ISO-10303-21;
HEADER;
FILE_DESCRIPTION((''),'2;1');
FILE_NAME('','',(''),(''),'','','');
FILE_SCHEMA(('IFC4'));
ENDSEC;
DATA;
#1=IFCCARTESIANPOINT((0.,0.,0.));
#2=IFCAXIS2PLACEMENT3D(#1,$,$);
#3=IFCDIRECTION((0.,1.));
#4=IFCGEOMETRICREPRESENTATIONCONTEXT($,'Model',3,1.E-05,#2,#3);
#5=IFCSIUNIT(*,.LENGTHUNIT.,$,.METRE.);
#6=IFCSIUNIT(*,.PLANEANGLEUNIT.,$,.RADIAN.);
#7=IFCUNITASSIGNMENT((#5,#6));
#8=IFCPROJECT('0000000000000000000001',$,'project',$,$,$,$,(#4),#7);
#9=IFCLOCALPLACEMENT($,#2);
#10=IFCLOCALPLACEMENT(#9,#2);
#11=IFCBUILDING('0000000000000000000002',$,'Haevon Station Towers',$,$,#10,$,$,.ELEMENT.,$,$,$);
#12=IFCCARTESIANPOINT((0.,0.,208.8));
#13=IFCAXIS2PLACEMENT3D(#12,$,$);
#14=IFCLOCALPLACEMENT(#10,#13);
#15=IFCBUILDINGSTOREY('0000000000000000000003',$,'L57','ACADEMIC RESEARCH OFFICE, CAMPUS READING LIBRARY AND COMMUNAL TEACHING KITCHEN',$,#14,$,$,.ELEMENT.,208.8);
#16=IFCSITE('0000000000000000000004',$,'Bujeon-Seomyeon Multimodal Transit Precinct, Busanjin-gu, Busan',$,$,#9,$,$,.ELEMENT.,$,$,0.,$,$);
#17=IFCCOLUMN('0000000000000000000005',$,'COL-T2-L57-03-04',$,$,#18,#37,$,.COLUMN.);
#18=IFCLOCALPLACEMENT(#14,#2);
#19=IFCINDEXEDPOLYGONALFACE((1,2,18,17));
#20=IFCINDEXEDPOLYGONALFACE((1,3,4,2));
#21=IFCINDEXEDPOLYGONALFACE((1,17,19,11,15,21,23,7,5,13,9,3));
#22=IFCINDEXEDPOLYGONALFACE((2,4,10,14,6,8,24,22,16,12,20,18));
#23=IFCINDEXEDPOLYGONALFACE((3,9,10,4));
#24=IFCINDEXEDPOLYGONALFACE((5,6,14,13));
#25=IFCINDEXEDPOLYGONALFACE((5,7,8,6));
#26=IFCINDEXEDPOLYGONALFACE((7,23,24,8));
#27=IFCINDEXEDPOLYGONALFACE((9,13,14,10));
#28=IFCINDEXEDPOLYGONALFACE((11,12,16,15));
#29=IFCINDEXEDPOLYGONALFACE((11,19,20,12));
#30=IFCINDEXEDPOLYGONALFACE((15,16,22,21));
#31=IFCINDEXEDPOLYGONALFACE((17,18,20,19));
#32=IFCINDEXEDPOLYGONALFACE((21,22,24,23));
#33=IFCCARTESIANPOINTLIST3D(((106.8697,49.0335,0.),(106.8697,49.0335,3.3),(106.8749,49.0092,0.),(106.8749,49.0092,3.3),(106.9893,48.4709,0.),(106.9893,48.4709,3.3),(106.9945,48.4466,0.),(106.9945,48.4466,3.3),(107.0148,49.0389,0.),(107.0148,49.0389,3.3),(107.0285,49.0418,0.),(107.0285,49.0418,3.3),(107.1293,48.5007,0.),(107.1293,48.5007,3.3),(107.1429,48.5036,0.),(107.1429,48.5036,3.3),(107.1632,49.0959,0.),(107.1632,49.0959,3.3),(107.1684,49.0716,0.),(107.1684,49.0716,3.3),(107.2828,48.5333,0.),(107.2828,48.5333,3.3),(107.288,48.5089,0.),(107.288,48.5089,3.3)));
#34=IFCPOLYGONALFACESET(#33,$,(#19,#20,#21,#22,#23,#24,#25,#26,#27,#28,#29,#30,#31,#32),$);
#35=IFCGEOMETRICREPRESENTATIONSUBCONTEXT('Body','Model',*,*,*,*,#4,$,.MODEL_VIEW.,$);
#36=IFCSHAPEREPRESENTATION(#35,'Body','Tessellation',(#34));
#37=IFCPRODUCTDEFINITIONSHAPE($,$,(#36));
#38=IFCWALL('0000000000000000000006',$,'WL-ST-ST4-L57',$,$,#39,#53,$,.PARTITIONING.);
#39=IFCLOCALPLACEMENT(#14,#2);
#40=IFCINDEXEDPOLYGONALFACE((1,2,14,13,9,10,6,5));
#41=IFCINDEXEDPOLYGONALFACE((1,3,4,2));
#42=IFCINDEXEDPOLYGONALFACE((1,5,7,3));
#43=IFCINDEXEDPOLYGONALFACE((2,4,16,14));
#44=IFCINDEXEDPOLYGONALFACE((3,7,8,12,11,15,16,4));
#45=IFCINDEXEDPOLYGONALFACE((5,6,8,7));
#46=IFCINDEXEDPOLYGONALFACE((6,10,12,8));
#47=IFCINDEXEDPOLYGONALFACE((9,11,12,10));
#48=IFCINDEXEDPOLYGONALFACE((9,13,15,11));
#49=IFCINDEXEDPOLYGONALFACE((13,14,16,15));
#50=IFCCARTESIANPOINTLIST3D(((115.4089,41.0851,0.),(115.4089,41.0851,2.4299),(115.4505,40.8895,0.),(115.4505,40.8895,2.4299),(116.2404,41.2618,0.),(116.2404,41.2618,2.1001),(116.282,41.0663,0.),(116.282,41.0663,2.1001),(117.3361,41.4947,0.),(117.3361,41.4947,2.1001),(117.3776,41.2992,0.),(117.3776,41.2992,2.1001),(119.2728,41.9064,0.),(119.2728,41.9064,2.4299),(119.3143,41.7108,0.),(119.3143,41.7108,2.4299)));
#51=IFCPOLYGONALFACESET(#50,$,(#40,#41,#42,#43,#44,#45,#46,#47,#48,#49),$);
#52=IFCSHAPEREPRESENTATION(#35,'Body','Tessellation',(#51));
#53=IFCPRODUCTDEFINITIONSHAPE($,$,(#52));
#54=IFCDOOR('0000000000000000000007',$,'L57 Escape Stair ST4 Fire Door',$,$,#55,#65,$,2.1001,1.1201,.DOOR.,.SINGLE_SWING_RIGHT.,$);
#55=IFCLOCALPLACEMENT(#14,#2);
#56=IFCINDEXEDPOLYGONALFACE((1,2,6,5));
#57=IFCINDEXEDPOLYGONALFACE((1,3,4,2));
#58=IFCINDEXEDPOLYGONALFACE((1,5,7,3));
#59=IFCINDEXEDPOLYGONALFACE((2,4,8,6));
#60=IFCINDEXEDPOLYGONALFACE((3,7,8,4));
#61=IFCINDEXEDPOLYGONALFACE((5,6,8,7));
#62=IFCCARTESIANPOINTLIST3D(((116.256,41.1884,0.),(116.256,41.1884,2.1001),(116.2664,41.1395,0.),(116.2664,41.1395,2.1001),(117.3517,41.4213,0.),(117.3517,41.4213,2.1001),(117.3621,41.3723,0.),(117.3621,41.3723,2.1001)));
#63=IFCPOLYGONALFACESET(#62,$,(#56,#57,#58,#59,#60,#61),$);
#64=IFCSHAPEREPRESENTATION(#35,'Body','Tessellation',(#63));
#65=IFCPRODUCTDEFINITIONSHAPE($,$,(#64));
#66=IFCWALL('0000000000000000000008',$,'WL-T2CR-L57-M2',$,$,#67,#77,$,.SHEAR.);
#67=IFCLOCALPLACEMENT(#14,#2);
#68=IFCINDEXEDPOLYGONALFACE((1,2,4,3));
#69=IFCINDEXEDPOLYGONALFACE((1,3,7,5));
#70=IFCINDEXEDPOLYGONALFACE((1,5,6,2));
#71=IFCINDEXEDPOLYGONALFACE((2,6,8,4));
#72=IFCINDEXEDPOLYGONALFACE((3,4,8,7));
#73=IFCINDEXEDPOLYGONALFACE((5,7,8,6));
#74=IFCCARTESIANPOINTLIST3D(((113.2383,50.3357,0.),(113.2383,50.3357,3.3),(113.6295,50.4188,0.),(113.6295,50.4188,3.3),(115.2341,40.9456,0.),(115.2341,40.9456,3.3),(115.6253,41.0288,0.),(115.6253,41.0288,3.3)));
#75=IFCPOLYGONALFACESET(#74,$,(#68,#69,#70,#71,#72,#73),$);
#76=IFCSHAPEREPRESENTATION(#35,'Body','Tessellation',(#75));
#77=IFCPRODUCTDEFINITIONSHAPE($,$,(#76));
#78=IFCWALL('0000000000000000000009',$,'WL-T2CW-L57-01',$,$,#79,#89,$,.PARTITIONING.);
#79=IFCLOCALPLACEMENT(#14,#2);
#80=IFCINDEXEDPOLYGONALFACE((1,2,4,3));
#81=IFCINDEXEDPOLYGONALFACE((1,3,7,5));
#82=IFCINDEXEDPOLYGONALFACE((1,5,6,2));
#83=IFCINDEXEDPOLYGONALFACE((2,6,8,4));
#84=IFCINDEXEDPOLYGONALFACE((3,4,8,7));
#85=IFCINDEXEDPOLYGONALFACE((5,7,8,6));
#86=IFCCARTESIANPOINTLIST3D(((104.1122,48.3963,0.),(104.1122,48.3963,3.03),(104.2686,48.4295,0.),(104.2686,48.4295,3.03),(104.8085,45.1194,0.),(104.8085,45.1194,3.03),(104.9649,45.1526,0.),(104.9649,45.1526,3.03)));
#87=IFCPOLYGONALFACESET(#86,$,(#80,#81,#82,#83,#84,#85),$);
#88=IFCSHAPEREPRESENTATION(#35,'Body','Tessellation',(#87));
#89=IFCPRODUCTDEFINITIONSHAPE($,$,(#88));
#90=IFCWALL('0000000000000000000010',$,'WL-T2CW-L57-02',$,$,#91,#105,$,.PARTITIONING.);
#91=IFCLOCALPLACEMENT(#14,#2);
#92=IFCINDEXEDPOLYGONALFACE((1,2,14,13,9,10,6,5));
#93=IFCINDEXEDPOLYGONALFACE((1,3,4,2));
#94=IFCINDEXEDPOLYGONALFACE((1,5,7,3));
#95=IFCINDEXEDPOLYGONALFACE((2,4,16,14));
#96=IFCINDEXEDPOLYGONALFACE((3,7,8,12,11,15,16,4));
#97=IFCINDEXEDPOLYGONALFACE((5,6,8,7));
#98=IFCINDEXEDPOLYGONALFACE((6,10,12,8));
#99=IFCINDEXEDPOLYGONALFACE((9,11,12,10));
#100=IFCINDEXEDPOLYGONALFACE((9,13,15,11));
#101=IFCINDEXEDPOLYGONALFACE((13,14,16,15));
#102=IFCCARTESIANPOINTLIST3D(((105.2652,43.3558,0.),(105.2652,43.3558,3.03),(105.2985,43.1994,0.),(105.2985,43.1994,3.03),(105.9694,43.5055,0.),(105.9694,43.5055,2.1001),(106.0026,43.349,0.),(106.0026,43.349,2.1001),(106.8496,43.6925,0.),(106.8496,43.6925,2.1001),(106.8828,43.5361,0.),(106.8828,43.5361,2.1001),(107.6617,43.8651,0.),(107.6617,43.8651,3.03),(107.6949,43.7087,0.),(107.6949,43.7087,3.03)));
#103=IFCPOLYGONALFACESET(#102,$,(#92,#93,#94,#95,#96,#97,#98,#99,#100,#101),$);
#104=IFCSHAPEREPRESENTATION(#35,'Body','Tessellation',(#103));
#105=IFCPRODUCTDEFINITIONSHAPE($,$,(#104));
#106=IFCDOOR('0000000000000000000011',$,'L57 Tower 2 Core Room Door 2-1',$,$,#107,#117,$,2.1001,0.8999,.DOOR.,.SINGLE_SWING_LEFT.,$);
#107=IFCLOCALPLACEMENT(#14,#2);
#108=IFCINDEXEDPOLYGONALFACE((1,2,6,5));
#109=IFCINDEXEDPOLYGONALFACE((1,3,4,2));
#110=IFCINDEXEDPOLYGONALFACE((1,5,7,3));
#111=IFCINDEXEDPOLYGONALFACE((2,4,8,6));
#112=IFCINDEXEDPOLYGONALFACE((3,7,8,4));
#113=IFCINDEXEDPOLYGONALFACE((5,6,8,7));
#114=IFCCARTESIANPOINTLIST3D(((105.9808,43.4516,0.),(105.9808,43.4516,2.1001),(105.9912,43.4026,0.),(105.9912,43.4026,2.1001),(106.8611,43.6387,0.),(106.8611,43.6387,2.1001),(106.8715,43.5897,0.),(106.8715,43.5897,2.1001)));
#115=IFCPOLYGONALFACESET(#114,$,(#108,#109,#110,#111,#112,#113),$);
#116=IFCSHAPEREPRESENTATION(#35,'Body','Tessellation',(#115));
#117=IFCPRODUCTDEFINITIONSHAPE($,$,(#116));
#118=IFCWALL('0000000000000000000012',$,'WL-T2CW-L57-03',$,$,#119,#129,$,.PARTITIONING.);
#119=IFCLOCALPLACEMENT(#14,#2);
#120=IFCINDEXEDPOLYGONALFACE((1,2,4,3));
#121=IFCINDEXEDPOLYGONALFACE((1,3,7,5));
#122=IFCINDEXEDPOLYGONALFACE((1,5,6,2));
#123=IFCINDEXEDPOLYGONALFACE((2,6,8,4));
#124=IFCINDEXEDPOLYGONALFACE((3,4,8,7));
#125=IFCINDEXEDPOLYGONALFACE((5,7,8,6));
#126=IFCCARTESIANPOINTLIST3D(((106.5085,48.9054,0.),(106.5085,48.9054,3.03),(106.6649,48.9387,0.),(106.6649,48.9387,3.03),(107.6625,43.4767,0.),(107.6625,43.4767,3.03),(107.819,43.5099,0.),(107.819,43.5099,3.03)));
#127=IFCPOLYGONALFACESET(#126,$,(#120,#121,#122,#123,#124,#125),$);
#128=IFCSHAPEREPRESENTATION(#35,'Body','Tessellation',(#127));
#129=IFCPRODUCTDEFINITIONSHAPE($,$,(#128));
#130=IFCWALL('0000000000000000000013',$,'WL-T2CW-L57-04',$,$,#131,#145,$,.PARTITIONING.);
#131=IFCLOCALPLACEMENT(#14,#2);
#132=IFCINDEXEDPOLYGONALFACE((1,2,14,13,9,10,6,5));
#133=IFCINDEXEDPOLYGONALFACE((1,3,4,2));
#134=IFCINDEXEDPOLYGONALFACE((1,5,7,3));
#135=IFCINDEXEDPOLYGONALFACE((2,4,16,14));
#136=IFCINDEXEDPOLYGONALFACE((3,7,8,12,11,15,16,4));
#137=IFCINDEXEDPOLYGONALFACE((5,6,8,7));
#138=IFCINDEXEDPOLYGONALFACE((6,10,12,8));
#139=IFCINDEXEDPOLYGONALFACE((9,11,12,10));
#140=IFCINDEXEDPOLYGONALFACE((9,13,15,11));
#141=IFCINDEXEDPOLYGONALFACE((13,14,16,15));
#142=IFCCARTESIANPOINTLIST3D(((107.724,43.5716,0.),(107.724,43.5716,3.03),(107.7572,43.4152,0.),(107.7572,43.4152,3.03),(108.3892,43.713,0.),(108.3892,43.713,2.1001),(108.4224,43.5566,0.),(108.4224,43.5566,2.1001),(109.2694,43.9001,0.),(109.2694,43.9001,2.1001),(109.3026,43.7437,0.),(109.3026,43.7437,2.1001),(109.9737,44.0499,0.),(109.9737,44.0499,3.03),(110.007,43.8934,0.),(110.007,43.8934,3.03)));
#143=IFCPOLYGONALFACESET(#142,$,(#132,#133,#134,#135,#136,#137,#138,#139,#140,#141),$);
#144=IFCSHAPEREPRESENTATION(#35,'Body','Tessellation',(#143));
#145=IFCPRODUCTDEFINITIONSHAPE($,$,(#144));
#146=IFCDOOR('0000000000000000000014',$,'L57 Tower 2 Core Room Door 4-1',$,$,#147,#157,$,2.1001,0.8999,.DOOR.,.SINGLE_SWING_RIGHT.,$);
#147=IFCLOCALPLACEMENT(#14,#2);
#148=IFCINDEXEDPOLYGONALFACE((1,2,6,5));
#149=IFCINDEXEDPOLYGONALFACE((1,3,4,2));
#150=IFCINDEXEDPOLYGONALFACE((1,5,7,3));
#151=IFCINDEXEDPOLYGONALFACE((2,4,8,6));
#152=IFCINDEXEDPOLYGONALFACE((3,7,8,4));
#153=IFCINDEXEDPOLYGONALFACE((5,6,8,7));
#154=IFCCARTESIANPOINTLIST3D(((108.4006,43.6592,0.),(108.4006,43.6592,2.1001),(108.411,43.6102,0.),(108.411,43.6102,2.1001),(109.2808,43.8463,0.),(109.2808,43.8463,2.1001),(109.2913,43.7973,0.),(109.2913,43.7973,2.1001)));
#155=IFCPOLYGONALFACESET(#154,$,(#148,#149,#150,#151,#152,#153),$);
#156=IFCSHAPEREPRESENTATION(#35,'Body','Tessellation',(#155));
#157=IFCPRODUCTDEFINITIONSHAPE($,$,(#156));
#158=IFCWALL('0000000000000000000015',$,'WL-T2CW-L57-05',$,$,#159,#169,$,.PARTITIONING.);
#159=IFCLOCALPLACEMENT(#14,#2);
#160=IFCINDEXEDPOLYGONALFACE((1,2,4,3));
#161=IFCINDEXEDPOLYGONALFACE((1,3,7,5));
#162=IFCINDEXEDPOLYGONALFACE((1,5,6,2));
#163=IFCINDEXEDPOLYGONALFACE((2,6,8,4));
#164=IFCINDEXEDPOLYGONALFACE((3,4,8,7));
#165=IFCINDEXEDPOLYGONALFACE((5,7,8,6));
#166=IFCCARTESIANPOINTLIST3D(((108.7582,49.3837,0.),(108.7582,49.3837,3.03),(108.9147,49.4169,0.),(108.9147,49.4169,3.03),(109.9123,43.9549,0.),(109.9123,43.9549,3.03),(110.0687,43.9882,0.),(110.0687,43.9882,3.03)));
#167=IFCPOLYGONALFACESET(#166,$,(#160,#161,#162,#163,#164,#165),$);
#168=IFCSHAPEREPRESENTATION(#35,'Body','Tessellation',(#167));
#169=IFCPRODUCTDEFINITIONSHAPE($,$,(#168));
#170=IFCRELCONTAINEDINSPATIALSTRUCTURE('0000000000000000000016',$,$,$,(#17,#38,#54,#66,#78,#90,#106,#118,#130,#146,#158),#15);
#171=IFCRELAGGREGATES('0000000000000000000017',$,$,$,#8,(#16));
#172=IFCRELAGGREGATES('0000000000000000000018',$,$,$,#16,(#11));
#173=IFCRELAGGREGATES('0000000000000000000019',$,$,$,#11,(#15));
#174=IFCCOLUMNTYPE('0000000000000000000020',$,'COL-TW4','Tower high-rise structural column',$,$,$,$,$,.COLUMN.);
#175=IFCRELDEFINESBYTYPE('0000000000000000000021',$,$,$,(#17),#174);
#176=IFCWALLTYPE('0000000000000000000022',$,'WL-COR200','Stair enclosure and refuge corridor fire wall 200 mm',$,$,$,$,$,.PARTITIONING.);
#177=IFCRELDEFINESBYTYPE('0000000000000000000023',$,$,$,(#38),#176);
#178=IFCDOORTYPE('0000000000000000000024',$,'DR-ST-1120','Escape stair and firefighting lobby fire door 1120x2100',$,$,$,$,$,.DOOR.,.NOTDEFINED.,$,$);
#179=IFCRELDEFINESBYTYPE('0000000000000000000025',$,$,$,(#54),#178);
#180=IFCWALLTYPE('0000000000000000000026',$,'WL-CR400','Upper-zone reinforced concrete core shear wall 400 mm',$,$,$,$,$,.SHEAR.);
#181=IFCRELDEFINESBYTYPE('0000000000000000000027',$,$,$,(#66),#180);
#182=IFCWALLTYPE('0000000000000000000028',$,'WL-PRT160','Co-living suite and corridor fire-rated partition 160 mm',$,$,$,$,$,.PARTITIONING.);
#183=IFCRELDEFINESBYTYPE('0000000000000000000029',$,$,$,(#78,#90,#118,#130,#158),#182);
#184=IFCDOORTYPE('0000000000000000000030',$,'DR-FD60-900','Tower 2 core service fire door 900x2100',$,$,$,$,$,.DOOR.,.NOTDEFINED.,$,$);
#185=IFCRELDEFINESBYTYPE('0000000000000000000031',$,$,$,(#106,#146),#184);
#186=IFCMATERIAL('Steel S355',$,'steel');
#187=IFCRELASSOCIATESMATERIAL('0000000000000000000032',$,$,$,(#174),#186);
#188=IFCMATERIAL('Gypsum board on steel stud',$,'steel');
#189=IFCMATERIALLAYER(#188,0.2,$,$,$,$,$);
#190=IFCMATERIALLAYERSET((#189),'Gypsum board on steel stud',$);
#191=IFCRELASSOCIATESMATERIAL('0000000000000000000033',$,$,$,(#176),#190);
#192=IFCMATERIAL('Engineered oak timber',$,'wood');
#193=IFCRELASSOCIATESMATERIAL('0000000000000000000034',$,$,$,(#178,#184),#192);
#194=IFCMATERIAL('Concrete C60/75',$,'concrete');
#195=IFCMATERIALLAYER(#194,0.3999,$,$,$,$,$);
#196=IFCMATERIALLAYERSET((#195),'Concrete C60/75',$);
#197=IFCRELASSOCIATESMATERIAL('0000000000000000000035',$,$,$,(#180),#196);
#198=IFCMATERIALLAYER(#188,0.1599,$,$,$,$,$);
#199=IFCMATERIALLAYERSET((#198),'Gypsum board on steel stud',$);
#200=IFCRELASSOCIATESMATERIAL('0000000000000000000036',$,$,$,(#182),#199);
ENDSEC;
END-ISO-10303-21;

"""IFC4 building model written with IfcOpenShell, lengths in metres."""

from ifc_helpers import new_model, si_unit, direction, frame, frame_2d, origin, origin_2d, place, context, subcontext, project, spatial, rectangle, i_section, extrude, material, layer, layer_set, material_profile, profile_set, type_object, element, fill, save


model = new_model("IFC4")

# Units and contexts
model_context = context("Model", 3, precision=1e-05, world=origin(), true_north=direction((0.0, 1.0)))
body_context = subcontext(model_context, "Body", "Model", "MODEL_VIEW")
ifc_project = project(units=[si_unit("LENGTHUNIT", "METRE"), si_unit("PLANEANGLEUNIT", "RADIAN")], contexts=[model_context])

# Site, building, storey
site_placement = place(None, origin())
site = spatial("IfcSite", under=ifc_project, at=site_placement, Name="Bujeon-Seomyeon Multimodal Transit Precinct, Busanjin-gu, Busan", CompositionType="ELEMENT", RefElevation=0.0)
building_placement = place(site_placement, origin())
building = spatial("IfcBuilding", under=site, at=building_placement, Name="Haevon Station Towers", CompositionType="ELEMENT")
storey_placement = place(building_placement, frame((0.0, 0.0, 208.8)))
storey = spatial("IfcBuildingStorey", under=building, at=storey_placement, Name="L57", Description="ACADEMIC RESEARCH OFFICE, CAMPUS READING LIBRARY AND COMMUNAL TEACHING KITCHEN", CompositionType="ELEMENT", Elevation=208.8)

# Column
ifc_material_1 = material(Name="Steel S355", Category="steel")
ifc_material_profile = material_profile(ifc_material_1, i_section(OverallWidth=0.3, OverallDepth=0.6001, WebThickness=0.0139, FlangeThickness=0.0249, at=origin_2d()), Name="H-600x300x14x25")
ifc_profile_set = profile_set([ifc_material_profile], Name="Steel S355")
column_type = type_object("IfcColumnType", Name="COL-TW4", Description="Tower high-rise structural column", PredefinedType="COLUMN", material=ifc_profile_set)
column_placement = place(storey_placement, frame((107.0789, 48.7712, 0.0), z_axis=(0.0, 0.0, 1.0), x_axis=(0.978148, 0.207912, 0.0)))
element("IfcColumn", 1, at=column_placement, inside=storey, type_object=column_type, Name="COL-T2-L57-03-04", PredefinedType="COLUMN", context=body_context, shape_type="SweptSolid", body=[
    extrude(i_section(OverallWidth=0.3, OverallDepth=0.6001, WebThickness=0.0139, FlangeThickness=0.0249, at=origin_2d()), origin(), (0.0, 0.0, 1.0), 3.3),
])

# Wall, opening, door
ifc_material_2 = material(Name="Gypsum board on steel stud", Category="steel")
ifc_layer_1 = layer(ifc_material_2, 0.2)
ifc_layer_set_1 = layer_set([ifc_layer_1], Name="Gypsum board on steel stud")
wall_type_1 = type_object("IfcWallType", Name="WL-COR200", Description="Stair enclosure and refuge corridor fire wall 200 mm", PredefinedType="PARTITIONING", material=ifc_layer_set_1)
wall_1_placement = place(storey_placement, frame((115.4297, 40.9873, 0.0), z_axis=(0.0, 0.0, 1.0), x_axis=(0.978147, 0.207916, 0.0)))
wall_1 = element("IfcWall", 2, at=wall_1_placement, inside=storey, type_object=wall_type_1, Name="WL-ST-ST4-L57", PredefinedType="PARTITIONING", context=body_context, shape_type="SweptSolid", body=[
    extrude(rectangle(XDim=3.9502, YDim=0.2, at=frame_2d((1.9751, 0.0))), origin(), (0.0, 0.0, 1.0), 2.4299),
])
opening_1_placement = place(wall_1_placement, frame((0.8501, 0.0, 0.0)))
opening_1 = element("IfcOpeningElement", 3, at=opening_1_placement, cuts=wall_1, PredefinedType="OPENING", context=body_context, shape_type="SweptSolid", body=[
    extrude(rectangle(XDim=1.1201, YDim=2.1001, at=frame_2d((0.5601, 1.05))), frame((0.0, 0.1099, 0.0), z_axis=(0.0, -1.0, 0.0), x_axis=(1.0, 0.0, 0.0)), (0.0, 0.0, 1.0), 0.22),
])
ifc_material_3 = material(Name="Engineered oak timber", Category="wood")
door_type_1 = type_object("IfcDoorType", Name="DR-ST-1120", Description="Escape stair and firefighting lobby fire door 1120x2100", OperationType="NOTDEFINED", PredefinedType="DOOR", material=ifc_material_3)
door_1_placement = place(opening_1_placement, origin())
door_1 = element("IfcDoor", 4, at=door_1_placement, inside=storey, type_object=door_type_1, Name="L57 Escape Stair ST4 Fire Door", OperationType="SINGLE_SWING_RIGHT", OverallHeight=2.1001, OverallWidth=1.1201, PredefinedType="DOOR", context=body_context, shape_type="SweptSolid", body=[
    extrude(rectangle(XDim=1.1201, YDim=2.1001, at=frame_2d((0.5601, 1.05))), frame((0.0, 0.0249, 0.0), z_axis=(0.0, -1.0, 0.0), x_axis=(1.0, 0.0, 0.0)), (0.0, 0.0, 1.0), 0.05),
])
fill(opening_1, door_1)

# Walls
ifc_material_4 = material(Name="Concrete C60/75", Category="concrete")
ifc_layer_2 = layer(ifc_material_4, 0.3999)
ifc_layer_set_2 = layer_set([ifc_layer_2], Name="Concrete C60/75")
wall_type_2 = type_object("IfcWallType", Name="WL-CR400", Description="Upper-zone reinforced concrete core shear wall 400 mm", PredefinedType="SHEAR", material=ifc_layer_set_2)
wall_2_placement = place(storey_placement, frame((115.4297, 40.9873, 0.0), z_axis=(0.0, 0.0, 1.0), x_axis=(-0.207903, 0.978149, 0.0)))
element("IfcWall", 5, at=wall_2_placement, inside=storey, type_object=wall_type_2, Name="WL-T2CR-L57-M2", PredefinedType="SHEAR", context=body_context, shape_type="SweptSolid", body=[
    extrude(rectangle(XDim=9.5999, YDim=0.3999, at=frame_2d((4.7998, 0.0))), origin(), (0.0, 0.0, 1.0), 3.3),
])
ifc_layer_3 = layer(ifc_material_2, 0.1599)
ifc_layer_set_3 = layer_set([ifc_layer_3], Name="Gypsum board on steel stud")
wall_type_3 = type_object("IfcWallType", Name="WL-PRT160", Description="Co-living suite and corridor fire-rated partition 160 mm", PredefinedType="PARTITIONING", material=ifc_layer_set_3)
wall_3_placement = place(storey_placement, frame((104.8867, 45.136, 0.0), z_axis=(0.0, 0.0, 1.0), x_axis=(-0.207847, 0.978161, 0.0)))
element("IfcWall", 6, at=wall_3_placement, inside=storey, type_object=wall_type_3, Name="WL-T2CW-L57-01", PredefinedType="PARTITIONING", context=body_context, shape_type="SweptSolid", body=[
    extrude(rectangle(XDim=3.3501, YDim=0.1599, at=frame_2d((1.675, 0.0))), origin(), (0.0, 0.0, 1.0), 3.03),
])

# Wall, opening, door
wall_4_placement = place(storey_placement, frame((105.2817, 43.2776, 0.0), z_axis=(0.0, 0.0, 1.0), x_axis=(0.978157, 0.207868, 0.0)))
wall_4 = element("IfcWall", 7, at=wall_4_placement, inside=storey, type_object=wall_type_3, Name="WL-T2CW-L57-02", PredefinedType="PARTITIONING", context=body_context, shape_type="SweptSolid", body=[
    extrude(rectangle(XDim=2.45, YDim=0.1599, at=frame_2d((1.2251, 0.0))), origin(), (0.0, 0.0, 1.0), 3.03),
])
opening_2_placement = place(wall_4_placement, frame((0.72, 0.0, 0.0)))
opening_2 = element("IfcOpeningElement", 8, at=opening_2_placement, cuts=wall_4, PredefinedType="OPENING", context=body_context, shape_type="SweptSolid", body=[
    extrude(rectangle(XDim=0.8999, YDim=2.1001, at=frame_2d((0.45, 1.05))), frame((0.0, 0.0898, 0.0), z_axis=(0.0, -1.0, 0.0), x_axis=(1.0, 0.0, 0.0)), (0.0, 0.0, 1.0), 0.1799),
])
door_type_2 = type_object("IfcDoorType", Name="DR-FD60-900", Description="Tower 2 core service fire door 900x2100", OperationType="NOTDEFINED", PredefinedType="DOOR", material=ifc_material_3)
door_2_placement = place(opening_2_placement, origin())
door_2 = element("IfcDoor", 9, at=door_2_placement, inside=storey, type_object=door_type_2, Name="L57 Tower 2 Core Room Door 2-1", OperationType="SINGLE_SWING_LEFT", OverallHeight=2.1001, OverallWidth=0.8999, PredefinedType="DOOR", context=body_context, shape_type="SweptSolid", body=[
    extrude(rectangle(XDim=0.8999, YDim=2.1001, at=frame_2d((0.45, 1.05))), frame((0.0, 0.0249, 0.0), z_axis=(0.0, -1.0, 0.0), x_axis=(1.0, 0.0, 0.0)), (0.0, 0.0, 1.0), 0.05),
])
fill(opening_2, door_2)

# Wall
wall_5_placement = place(storey_placement, frame((107.7407, 43.4934, 0.0), z_axis=(0.0, 0.0, 1.0), x_axis=(-0.207937, 0.978142, 0.0)))
element("IfcWall", 10, at=wall_5_placement, inside=storey, type_object=wall_type_3, Name="WL-T2CW-L57-03", PredefinedType="PARTITIONING", context=body_context, shape_type="SweptSolid", body=[
    extrude(rectangle(XDim=5.55, YDim=0.1599, at=frame_2d((2.7749, 0.0))), origin(), (0.0, 0.0, 1.0), 3.03),
])

# Wall, opening, door
wall_6_placement = place(storey_placement, frame((107.7407, 43.4934, 0.0), z_axis=(0.0, 0.0, 1.0), x_axis=(0.978141, 0.207941, 0.0)))
wall_6 = element("IfcWall", 11, at=wall_6_placement, inside=storey, type_object=wall_type_3, Name="WL-T2CW-L57-04", PredefinedType="PARTITIONING", context=body_context, shape_type="SweptSolid", body=[
    extrude(rectangle(XDim=2.3, YDim=0.1599, at=frame_2d((1.1499, 0.0))), origin(), (0.0, 0.0, 1.0), 3.03),
])
opening_3_placement = place(wall_6_placement, frame((0.6799, 0.0, 0.0)))
opening_3 = element("IfcOpeningElement", 12, at=opening_3_placement, cuts=wall_6, PredefinedType="OPENING", context=body_context, shape_type="SweptSolid", body=[
    extrude(rectangle(XDim=0.8999, YDim=2.1001, at=frame_2d((0.45, 1.05))), frame((0.0, 0.0898, 0.0), z_axis=(0.0, -1.0, 0.0), x_axis=(1.0, 0.0, 0.0)), (0.0, 0.0, 1.0), 0.1799),
])
door_3_placement = place(opening_3_placement, origin())
door_3 = element("IfcDoor", 13, at=door_3_placement, inside=storey, type_object=door_type_2, Name="L57 Tower 2 Core Room Door 4-1", OperationType="SINGLE_SWING_RIGHT", OverallHeight=2.1001, OverallWidth=0.8999, PredefinedType="DOOR", context=body_context, shape_type="SweptSolid", body=[
    extrude(rectangle(XDim=0.8999, YDim=2.1001, at=frame_2d((0.45, 1.05))), frame((0.0, 0.0249, 0.0), z_axis=(0.0, -1.0, 0.0), x_axis=(1.0, 0.0, 0.0)), (0.0, 0.0, 1.0), 0.05),
])
fill(opening_3, door_3)

# Wall
wall_7_placement = place(storey_placement, frame((109.9905, 43.9717, 0.0), z_axis=(0.0, 0.0, 1.0), x_axis=(-0.207937, 0.978142, 0.0)))
element("IfcWall", 14, at=wall_7_placement, inside=storey, type_object=wall_type_3, Name="WL-T2CW-L57-05", PredefinedType="PARTITIONING", context=body_context, shape_type="SweptSolid", body=[
    extrude(rectangle(XDim=5.55, YDim=0.1599, at=frame_2d((2.7749, 0.0))), origin(), (0.0, 0.0, 1.0), 3.03),
])

save(model, "model.ifc")
